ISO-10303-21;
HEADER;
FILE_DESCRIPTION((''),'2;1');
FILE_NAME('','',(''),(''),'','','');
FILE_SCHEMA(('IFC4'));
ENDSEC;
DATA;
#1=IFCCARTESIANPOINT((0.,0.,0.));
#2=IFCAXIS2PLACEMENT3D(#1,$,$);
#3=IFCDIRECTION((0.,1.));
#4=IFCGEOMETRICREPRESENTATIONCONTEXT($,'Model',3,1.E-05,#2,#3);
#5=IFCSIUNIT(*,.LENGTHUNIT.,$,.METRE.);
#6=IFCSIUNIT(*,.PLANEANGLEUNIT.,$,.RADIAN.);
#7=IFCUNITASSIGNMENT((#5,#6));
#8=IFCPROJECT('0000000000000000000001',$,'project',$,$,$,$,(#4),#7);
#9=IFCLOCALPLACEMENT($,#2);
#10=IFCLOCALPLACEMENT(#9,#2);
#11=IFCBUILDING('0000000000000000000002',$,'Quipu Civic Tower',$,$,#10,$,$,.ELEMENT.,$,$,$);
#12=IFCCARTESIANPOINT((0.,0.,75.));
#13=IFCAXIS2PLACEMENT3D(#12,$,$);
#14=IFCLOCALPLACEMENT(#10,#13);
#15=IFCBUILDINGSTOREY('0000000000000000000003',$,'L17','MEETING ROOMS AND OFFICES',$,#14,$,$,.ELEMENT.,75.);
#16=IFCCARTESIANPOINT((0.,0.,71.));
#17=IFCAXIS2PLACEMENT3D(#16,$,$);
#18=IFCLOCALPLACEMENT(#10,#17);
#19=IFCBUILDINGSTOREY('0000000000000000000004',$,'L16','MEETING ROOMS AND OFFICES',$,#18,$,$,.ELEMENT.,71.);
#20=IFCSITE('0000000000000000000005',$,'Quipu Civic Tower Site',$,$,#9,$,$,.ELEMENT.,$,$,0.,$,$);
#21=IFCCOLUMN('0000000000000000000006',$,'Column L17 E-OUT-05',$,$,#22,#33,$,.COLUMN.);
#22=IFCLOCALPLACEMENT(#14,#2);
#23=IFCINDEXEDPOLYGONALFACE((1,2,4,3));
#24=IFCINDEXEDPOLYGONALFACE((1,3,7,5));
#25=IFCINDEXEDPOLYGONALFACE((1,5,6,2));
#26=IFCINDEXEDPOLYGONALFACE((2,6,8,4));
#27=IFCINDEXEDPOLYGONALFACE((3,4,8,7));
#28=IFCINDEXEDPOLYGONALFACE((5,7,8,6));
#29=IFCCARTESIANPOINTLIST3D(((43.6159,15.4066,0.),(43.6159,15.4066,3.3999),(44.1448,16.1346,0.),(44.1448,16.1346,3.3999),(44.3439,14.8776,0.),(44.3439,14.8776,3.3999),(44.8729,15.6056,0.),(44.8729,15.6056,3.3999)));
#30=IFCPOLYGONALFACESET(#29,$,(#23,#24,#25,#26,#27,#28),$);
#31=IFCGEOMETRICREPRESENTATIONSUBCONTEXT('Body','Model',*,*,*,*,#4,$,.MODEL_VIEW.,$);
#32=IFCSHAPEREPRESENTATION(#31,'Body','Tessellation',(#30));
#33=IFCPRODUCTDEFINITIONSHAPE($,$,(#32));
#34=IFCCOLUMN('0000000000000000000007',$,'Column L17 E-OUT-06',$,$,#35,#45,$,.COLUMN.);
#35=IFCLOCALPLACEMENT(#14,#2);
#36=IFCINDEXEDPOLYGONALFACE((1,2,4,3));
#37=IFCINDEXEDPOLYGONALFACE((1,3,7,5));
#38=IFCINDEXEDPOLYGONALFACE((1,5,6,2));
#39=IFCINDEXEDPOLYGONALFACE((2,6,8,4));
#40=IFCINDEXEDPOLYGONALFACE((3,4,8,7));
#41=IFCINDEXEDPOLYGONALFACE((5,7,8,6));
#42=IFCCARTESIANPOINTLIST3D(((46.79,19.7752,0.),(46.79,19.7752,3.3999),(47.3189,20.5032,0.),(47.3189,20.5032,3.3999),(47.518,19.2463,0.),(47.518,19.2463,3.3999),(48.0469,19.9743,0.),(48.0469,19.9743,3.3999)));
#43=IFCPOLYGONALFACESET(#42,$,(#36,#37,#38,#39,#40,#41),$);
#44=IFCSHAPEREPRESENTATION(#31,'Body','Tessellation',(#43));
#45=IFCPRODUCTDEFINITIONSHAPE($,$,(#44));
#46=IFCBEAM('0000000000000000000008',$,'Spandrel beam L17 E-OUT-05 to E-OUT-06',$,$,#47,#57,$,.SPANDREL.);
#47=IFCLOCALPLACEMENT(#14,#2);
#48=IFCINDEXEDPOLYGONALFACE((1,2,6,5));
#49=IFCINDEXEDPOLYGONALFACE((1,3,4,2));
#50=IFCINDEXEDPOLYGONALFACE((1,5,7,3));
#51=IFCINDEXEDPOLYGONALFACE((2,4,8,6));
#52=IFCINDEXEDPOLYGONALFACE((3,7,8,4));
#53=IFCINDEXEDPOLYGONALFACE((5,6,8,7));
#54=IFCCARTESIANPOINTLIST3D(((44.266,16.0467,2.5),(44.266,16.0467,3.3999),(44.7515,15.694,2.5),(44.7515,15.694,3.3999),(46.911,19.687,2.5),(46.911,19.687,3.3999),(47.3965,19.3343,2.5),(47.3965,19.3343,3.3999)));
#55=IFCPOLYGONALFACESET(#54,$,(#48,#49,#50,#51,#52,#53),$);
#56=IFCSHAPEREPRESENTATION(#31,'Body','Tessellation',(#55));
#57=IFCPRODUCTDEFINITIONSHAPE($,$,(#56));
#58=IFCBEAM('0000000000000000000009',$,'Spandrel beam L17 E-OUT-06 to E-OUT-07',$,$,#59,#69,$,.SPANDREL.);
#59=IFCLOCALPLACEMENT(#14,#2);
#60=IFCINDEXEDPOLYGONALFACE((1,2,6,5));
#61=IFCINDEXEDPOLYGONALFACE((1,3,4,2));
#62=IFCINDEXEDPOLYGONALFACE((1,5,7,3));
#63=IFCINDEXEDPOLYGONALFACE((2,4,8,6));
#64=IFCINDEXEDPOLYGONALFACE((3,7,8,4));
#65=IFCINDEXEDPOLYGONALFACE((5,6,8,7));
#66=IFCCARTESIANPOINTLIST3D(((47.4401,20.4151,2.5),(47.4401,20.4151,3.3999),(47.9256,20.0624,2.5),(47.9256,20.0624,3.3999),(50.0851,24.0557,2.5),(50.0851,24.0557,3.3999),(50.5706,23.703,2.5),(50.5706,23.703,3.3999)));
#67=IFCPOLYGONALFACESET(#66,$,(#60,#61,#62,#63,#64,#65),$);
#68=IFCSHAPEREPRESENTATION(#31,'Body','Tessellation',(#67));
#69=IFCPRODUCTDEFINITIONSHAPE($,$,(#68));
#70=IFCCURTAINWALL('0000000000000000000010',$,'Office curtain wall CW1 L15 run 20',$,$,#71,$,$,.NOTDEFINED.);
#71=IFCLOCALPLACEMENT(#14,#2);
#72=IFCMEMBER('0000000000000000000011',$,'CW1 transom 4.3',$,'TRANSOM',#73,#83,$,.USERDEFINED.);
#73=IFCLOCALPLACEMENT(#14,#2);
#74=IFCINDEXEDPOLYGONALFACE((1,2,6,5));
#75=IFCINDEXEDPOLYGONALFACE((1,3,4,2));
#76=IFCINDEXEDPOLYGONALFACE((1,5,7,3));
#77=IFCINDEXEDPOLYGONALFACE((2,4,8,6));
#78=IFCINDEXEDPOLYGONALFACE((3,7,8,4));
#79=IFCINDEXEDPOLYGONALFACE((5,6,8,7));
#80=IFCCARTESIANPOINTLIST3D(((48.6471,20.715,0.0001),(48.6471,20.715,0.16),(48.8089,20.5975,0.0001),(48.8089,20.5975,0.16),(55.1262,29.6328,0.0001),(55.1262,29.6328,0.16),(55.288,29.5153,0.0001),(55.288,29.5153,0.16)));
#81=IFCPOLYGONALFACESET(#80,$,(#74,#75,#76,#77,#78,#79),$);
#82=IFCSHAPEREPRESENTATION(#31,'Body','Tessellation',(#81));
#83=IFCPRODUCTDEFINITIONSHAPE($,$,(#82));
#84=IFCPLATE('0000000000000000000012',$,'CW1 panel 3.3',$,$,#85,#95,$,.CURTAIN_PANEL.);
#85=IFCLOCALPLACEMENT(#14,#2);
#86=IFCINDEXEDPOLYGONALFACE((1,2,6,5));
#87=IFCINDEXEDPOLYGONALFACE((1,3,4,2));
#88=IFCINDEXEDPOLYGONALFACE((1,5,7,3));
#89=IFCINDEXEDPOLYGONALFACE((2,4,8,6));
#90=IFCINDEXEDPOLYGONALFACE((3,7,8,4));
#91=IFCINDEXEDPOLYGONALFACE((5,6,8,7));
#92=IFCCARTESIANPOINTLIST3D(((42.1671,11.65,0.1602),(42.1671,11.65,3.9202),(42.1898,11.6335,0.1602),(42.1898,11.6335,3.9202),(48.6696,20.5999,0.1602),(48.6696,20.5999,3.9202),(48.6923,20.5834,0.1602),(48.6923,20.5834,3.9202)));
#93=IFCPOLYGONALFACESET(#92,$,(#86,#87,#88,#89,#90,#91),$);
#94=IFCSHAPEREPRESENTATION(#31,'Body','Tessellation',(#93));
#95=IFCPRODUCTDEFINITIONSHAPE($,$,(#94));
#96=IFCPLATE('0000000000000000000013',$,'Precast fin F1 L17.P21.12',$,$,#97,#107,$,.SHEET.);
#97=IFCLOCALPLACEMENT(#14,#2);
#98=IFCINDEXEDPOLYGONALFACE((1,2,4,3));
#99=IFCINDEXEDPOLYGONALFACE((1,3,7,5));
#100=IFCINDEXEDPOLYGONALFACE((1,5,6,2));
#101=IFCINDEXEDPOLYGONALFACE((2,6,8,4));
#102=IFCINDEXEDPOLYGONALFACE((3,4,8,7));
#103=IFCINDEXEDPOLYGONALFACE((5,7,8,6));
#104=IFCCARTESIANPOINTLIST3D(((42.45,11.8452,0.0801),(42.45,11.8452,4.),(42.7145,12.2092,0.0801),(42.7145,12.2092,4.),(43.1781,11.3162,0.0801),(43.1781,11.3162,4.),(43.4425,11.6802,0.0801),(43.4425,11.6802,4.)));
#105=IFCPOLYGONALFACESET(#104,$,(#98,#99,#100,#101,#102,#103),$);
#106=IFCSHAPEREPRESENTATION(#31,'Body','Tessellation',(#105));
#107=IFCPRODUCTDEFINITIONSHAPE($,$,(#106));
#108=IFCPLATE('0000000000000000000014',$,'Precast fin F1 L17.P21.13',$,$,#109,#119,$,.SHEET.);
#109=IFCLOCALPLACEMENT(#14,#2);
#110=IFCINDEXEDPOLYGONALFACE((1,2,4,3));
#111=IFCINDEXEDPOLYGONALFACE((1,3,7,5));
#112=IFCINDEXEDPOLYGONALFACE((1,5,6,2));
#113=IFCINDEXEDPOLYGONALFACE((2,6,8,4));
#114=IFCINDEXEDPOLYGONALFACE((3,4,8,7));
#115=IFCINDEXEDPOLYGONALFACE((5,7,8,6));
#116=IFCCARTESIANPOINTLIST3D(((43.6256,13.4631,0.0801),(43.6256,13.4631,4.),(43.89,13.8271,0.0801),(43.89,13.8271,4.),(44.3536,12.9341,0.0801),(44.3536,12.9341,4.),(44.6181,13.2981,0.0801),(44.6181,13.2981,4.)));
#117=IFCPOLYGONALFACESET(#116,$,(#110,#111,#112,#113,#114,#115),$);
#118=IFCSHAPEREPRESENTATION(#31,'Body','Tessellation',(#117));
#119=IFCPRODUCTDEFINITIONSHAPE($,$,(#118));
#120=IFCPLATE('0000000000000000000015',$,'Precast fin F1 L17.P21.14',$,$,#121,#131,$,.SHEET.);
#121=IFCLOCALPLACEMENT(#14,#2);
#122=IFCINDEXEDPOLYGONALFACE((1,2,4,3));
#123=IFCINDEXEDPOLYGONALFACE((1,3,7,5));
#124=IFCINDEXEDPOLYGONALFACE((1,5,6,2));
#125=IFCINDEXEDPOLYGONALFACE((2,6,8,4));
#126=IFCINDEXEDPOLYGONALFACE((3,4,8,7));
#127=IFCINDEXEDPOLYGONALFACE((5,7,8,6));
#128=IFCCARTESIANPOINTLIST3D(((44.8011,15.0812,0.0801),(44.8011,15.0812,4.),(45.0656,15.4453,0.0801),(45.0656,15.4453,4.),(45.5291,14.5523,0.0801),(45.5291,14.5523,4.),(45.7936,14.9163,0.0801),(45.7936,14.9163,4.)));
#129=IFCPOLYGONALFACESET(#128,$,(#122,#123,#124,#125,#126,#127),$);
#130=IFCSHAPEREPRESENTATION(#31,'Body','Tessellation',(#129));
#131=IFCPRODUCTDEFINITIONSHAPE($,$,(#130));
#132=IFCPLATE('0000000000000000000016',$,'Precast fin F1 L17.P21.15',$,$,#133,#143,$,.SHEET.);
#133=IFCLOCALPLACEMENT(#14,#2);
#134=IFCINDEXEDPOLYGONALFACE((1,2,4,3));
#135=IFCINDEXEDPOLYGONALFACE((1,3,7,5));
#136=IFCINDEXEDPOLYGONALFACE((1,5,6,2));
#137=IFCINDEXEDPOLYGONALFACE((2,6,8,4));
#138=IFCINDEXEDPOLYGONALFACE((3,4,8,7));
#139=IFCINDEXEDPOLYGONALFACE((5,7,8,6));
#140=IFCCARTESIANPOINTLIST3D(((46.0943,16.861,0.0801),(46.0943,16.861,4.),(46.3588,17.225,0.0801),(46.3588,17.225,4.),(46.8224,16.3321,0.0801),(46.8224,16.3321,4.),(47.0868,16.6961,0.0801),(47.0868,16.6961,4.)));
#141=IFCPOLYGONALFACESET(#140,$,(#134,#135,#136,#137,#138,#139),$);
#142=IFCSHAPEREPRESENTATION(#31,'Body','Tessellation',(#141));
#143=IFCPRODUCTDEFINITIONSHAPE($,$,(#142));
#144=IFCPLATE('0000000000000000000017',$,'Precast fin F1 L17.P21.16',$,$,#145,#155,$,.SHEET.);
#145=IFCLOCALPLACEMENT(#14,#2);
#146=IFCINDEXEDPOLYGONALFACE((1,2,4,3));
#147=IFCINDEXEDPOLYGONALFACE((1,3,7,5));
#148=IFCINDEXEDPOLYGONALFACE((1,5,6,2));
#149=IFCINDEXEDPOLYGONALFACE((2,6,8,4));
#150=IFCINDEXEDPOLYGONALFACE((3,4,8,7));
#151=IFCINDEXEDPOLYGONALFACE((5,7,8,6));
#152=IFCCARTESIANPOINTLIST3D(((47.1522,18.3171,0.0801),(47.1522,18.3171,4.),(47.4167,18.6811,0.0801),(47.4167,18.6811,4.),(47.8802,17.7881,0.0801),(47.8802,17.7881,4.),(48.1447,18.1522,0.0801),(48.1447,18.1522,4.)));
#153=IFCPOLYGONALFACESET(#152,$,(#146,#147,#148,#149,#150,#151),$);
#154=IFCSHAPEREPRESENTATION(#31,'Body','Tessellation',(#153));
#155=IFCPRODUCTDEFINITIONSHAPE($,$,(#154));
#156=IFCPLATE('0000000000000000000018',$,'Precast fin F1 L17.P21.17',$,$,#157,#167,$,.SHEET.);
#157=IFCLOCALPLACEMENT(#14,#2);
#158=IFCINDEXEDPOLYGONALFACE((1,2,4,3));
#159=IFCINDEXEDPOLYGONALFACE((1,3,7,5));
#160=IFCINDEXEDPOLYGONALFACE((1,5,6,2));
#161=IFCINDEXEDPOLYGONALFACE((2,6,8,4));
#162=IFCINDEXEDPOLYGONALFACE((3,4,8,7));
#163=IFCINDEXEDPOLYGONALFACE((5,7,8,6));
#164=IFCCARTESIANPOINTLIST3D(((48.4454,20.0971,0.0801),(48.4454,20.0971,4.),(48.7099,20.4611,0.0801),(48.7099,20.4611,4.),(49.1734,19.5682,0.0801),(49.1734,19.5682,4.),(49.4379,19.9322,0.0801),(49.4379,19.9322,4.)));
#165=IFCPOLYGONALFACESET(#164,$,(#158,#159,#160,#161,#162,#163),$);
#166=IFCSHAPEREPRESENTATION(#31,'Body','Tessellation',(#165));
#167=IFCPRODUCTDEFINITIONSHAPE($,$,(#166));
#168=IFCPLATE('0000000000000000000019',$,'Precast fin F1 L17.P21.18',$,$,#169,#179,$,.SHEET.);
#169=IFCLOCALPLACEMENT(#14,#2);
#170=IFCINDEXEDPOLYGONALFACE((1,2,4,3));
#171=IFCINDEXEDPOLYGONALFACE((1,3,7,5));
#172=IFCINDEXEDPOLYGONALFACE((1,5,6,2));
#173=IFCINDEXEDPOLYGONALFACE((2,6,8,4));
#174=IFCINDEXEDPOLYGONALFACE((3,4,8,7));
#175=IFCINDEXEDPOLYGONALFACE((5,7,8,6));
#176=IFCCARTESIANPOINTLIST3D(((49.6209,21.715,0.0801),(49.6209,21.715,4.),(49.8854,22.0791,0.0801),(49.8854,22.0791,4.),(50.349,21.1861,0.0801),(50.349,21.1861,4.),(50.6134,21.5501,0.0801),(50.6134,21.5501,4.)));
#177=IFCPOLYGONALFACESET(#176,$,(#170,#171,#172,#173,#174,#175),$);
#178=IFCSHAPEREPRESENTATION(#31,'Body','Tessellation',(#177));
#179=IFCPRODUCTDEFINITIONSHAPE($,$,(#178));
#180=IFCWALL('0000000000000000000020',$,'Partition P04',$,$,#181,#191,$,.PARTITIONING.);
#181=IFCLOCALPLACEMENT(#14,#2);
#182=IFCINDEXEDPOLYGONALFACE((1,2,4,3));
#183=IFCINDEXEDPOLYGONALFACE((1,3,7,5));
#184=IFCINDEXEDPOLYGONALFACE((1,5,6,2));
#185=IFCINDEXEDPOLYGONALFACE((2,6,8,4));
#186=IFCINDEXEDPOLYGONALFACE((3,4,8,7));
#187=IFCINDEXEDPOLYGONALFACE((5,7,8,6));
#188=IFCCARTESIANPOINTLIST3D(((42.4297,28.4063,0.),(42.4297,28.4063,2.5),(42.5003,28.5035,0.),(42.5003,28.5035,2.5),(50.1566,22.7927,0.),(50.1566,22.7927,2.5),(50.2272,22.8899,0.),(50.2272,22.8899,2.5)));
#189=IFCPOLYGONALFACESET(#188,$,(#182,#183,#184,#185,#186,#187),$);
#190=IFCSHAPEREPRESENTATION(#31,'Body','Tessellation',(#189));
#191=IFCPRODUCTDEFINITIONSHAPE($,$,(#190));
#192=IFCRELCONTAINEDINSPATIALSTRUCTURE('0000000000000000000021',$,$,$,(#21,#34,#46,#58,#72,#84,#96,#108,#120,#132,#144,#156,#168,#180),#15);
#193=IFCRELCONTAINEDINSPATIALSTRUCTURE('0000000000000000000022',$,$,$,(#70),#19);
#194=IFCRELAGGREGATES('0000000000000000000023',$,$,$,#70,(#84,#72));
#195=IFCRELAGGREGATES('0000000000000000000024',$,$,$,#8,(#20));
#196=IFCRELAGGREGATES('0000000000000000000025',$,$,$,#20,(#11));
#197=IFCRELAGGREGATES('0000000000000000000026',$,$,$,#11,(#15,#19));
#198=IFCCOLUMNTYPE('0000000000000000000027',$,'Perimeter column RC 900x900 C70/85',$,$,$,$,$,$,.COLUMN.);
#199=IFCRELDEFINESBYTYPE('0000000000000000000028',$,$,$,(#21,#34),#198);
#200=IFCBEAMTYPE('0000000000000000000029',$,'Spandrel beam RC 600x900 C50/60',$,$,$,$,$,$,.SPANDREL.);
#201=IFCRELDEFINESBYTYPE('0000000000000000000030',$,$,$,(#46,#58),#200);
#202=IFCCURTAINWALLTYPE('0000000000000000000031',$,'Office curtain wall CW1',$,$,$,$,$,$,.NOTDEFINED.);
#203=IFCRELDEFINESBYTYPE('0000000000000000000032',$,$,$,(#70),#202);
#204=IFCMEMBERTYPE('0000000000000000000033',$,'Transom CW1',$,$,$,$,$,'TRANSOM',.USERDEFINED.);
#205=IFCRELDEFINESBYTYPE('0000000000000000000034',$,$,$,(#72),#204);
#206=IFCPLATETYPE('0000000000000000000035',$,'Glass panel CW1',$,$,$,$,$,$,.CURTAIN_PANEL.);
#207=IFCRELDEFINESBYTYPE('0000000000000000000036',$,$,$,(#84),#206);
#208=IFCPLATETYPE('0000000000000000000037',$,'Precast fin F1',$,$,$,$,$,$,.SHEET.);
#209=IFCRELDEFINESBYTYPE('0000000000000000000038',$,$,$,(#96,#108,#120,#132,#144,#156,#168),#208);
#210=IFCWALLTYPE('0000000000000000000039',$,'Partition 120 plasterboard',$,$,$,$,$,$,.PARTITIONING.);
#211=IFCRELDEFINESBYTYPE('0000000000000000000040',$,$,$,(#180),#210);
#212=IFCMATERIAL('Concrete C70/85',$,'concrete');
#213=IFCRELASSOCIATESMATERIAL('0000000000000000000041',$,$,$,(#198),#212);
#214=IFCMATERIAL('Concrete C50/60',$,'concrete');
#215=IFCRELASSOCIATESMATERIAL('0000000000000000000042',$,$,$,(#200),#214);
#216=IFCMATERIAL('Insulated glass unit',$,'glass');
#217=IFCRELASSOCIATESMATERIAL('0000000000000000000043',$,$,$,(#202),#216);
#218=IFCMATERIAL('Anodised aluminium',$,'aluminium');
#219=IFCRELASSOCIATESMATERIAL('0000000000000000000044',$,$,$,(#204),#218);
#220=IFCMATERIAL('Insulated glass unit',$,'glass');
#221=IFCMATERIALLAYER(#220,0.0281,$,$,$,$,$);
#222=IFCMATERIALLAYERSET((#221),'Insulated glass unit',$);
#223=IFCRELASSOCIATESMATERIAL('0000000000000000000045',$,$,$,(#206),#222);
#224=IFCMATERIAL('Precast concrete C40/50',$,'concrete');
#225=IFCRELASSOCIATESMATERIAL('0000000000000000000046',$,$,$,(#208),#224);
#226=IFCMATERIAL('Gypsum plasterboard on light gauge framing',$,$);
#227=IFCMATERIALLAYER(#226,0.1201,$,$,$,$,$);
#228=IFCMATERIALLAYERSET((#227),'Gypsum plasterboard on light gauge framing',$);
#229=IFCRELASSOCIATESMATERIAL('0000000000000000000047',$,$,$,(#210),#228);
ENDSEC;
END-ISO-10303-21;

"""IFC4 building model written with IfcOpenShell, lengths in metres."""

from ifc_helpers import new_model, si_unit, direction, frame, frame_2d, origin, origin_2d, place, context, subcontext, project, spatial, rectangle, extrude, material, layer, layer_set, material_profile, profile_set, type_object, element, aggregate, save


model = new_model("IFC4")

# Units and contexts
model_context = context("Model", 3, precision=1e-05, world=origin(), true_north=direction((0.0, 1.0)))
body_context = subcontext(model_context, "Body", "Model", "MODEL_VIEW")
ifc_project = project(units=[si_unit("LENGTHUNIT", "METRE"), si_unit("PLANEANGLEUNIT", "RADIAN")], contexts=[model_context])

# Site, building, storey
site_placement = place(None, origin())
site = spatial("IfcSite", under=ifc_project, at=site_placement, Name="Quipu Civic Tower Site", CompositionType="ELEMENT", RefElevation=0.0)
building_placement = place(site_placement, origin())
building = spatial("IfcBuilding", under=site, at=building_placement, Name="Quipu Civic Tower", CompositionType="ELEMENT")
storey_1_placement = place(building_placement, frame((0.0, 0.0, 75.0)))
storey_1 = spatial("IfcBuildingStorey", under=building, at=storey_1_placement, Name="L17", Description="MEETING ROOMS AND OFFICES", CompositionType="ELEMENT", Elevation=75.0)

# Columns
ifc_material_1 = material(Name="Concrete C70/85", Category="concrete")
ifc_material_profile_1 = material_profile(ifc_material_1, rectangle(XDim=0.8999, YDim=0.8999, at=origin_2d()), Name="RC900x900")
ifc_profile_set_1 = profile_set([ifc_material_profile_1], Name="Concrete C70/85")
column_type = type_object("IfcColumnType", Name="Perimeter column RC 900x900 C70/85", PredefinedType="COLUMN", material=ifc_profile_set_1)
for number, where, z_axis, x_axis, name in (
    (1, (44.2444, 15.5061, 0.0), (0.0, 0.0, 1.0), (0.587785, 0.809017, 0.0), "Column L17 E-OUT-05"),
    (2, (47.4185, 19.8748, 0.0), (0.0, 0.0, 1.0), (0.587785, 0.809017, 0.0), "Column L17 E-OUT-06"),
):
    element("IfcColumn", number, at=place(storey_1_placement, frame(where, z_axis=z_axis, x_axis=x_axis)), inside=storey_1, type_object=column_type, Name=name, PredefinedType="COLUMN", context=body_context, shape_type="SweptSolid", body=[
        extrude(rectangle(XDim=0.8999, YDim=0.8999, at=origin_2d()), origin(), (0.0, 0.0, 1.0), 3.3999),
    ])

# Beams
ifc_material_2 = material(Name="Concrete C50/60", Category="concrete")
ifc_material_profile_2 = material_profile(ifc_material_2, rectangle(XDim=0.6001, YDim=0.8999, at=origin_2d()), Name="RC600x900")
ifc_profile_set_2 = profile_set([ifc_material_profile_2], Name="Concrete C50/60")
beam_type = type_object("IfcBeamType", Name="Spandrel beam RC 600x900 C50/60", PredefinedType="SPANDREL", material=ifc_profile_set_2)
beam_1_placement = place(storey_1_placement, frame((44.5088, 15.8704, 2.95), z_axis=(0.587804, 0.809003, 0.0), x_axis=(-0.809003, 0.587804, 0.0)))
element("IfcBeam", 3, at=beam_1_placement, inside=storey_1, type_object=beam_type, Name="Spandrel beam L17 E-OUT-05 to E-OUT-06", PredefinedType="SPANDREL", context=body_context, shape_type="SweptSolid", body=[
    extrude(rectangle(XDim=0.6001, YDim=0.8999, at=origin_2d()), origin(), (0.0, 0.0, 1.0), 4.4998),
])
beam_2_placement = place(storey_1_placement, frame((47.6829, 20.2388, 2.95), z_axis=(0.587778, 0.809022, 0.0), x_axis=(-0.809022, 0.587778, 0.0)))
element("IfcBeam", 4, at=beam_2_placement, inside=storey_1, type_object=beam_type, Name="Spandrel beam L17 E-OUT-06 to E-OUT-07", PredefinedType="SPANDREL", context=body_context, shape_type="SweptSolid", body=[
    extrude(rectangle(XDim=0.6001, YDim=0.8999, at=origin_2d()), origin(), (0.0, 0.0, 1.0), 4.5),
])

# Shared definitions
storey_2_placement = place(building_placement, frame((0.0, 0.0, 71.0)))
storey_2 = spatial("IfcBuildingStorey", under=building, at=storey_2_placement, Name="L16", Description="MEETING ROOMS AND OFFICES", CompositionType="ELEMENT", Elevation=71.0)

# Curtain wall, member, plate
ifc_material_3 = material(Name="Insulated glass unit", Category="glass")
curtain_wall_type = type_object("IfcCurtainWallType", Name="Office curtain wall CW1", PredefinedType="NOTDEFINED", material=ifc_material_3)
curtain_wall_placement = place(storey_2_placement, origin())
curtain_wall = element("IfcCurtainWall", 5, at=curtain_wall_placement, inside=storey_2, type_object=curtain_wall_type, Name="Office curtain wall CW1 L15 run 20", PredefinedType="NOTDEFINED")
ifc_material_4 = material(Name="Anodised aluminium", Category="aluminium")
ifc_material_profile_3 = material_profile(ifc_material_4, rectangle(XDim=0.2, YDim=0.1599, at=origin_2d()), Name="RECT 200x160")
ifc_profile_set_3 = profile_set([ifc_material_profile_3], Name="Anodised aluminium")
member_type = type_object("IfcMemberType", Name="Transom CW1", ElementType="TRANSOM", PredefinedType="USERDEFINED", material=ifc_profile_set_3)
member_placement = place(storey_1_placement, frame((48.728, 20.6562, 0.0801), z_axis=(0.587779, 0.809021, 0.0), x_axis=(-0.809021, 0.587779, 0.0)))
member = element("IfcMember", 6, at=member_placement, inside=storey_1, type_object=member_type, Name="CW1 transom 4.3", ObjectType="TRANSOM", PredefinedType="USERDEFINED", context=body_context, shape_type="SweptSolid", body=[
    extrude(rectangle(XDim=0.2, YDim=0.1599, at=origin_2d()), origin(), (0.0, 0.0, 1.0), 11.0229),
])
ifc_material_5 = material(Name="Insulated glass unit", Category="glass")
ifc_layer_1 = layer(ifc_material_5, 0.0281)
ifc_layer_set_1 = layer_set([ifc_layer_1], Name="Insulated glass unit")
plate_type_1 = type_object("IfcPlateType", Name="Glass panel CW1", PredefinedType="CURTAIN_PANEL", material=ifc_layer_set_1)
plate_placement = place(storey_1_placement, frame((45.4297, 16.1167, 0.1602), z_axis=(0.0, 0.0, 1.0), x_axis=(0.587786, 0.809017, 0.0)))
plate = element("IfcPlate", 7, at=plate_placement, inside=storey_1, type_object=plate_type_1, Name="CW1 panel 3.3", PredefinedType="CURTAIN_PANEL", context=body_context, shape_type="SweptSolid", body=[
    extrude(rectangle(XDim=11.0627, YDim=0.0281, at=origin_2d()), origin(), (0.0, 0.0, 1.0), 3.76),
])
aggregate(curtain_wall, [plate, member])

# Plates
ifc_material_6 = material(Name="Precast concrete C40/50", Category="concrete")
plate_type_2 = type_object("IfcPlateType", Name="Precast fin F1", PredefinedType="SHEET", material=ifc_material_6)
for number, where, z_axis, x_axis, name in (
    (8, (42.9463, 11.7627, 0.0801), (0.0, 0.0, 1.0), (0.587786, 0.809017, 0.0), "Precast fin F1 L17.P21.12"),
    (9, (44.1218, 13.3806, 0.0801), (0.0, 0.0, 1.0), (0.587786, 0.809017, 0.0), "Precast fin F1 L17.P21.13"),
    (10, (45.2974, 14.9988, 0.0801), (0.0, 0.0, 1.0), (0.587786, 0.809017, 0.0), "Precast fin F1 L17.P21.14"),
    (11, (46.5906, 16.7786, 0.0801), (0.0, 0.0, 1.0), (0.587786, 0.809017, 0.0), "Precast fin F1 L17.P21.15"),
    (12, (47.6484, 18.2346, 0.0801), (0.0, 0.0, 1.0), (0.587786, 0.809017, 0.0), "Precast fin F1 L17.P21.16"),
    (13, (48.9417, 20.0146, 0.0801), (0.0, 0.0, 1.0), (0.587786, 0.809017, 0.0), "Precast fin F1 L17.P21.17"),
    (14, (50.1172, 21.6326, 0.0801), (0.0, 0.0, 1.0), (0.587786, 0.809017, 0.0), "Precast fin F1 L17.P21.18"),
):
    element("IfcPlate", number, at=place(storey_1_placement, frame(where, z_axis=z_axis, x_axis=x_axis)), inside=storey_1, type_object=plate_type_2, Name=name, PredefinedType="SHEET", context=body_context, shape_type="SweptSolid", body=[
        extrude(rectangle(XDim=0.45, YDim=0.8999, at=origin_2d()), origin(), (0.0, 0.0, 1.0), 3.9199),
    ])

# Wall
ifc_material_7 = material(Name="Gypsum plasterboard on light gauge framing")
ifc_layer_2 = layer(ifc_material_7, 0.1201)
ifc_layer_set_2 = layer_set([ifc_layer_2], Name="Gypsum plasterboard on light gauge framing")
wall_type = type_object("IfcWallType", Name="Partition 120 plasterboard", PredefinedType="PARTITIONING", material=ifc_layer_set_2)
wall_placement = place(storey_1_placement, frame((50.1919, 22.8413, 0.0), z_axis=(0.0, 0.0, 1.0), x_axis=(-0.809033, 0.587763, 0.0)))
element("IfcWall", 15, at=wall_placement, inside=storey_1, type_object=wall_type, Name="Partition P04", PredefinedType="PARTITIONING", context=body_context, shape_type="SweptSolid", body=[
    extrude(rectangle(XDim=9.5508, YDim=0.1201, at=frame_2d((4.7754, 0.0))), origin(), (0.0, 0.0, 1.0), 2.5),
])

save(model, "model.ifc")
